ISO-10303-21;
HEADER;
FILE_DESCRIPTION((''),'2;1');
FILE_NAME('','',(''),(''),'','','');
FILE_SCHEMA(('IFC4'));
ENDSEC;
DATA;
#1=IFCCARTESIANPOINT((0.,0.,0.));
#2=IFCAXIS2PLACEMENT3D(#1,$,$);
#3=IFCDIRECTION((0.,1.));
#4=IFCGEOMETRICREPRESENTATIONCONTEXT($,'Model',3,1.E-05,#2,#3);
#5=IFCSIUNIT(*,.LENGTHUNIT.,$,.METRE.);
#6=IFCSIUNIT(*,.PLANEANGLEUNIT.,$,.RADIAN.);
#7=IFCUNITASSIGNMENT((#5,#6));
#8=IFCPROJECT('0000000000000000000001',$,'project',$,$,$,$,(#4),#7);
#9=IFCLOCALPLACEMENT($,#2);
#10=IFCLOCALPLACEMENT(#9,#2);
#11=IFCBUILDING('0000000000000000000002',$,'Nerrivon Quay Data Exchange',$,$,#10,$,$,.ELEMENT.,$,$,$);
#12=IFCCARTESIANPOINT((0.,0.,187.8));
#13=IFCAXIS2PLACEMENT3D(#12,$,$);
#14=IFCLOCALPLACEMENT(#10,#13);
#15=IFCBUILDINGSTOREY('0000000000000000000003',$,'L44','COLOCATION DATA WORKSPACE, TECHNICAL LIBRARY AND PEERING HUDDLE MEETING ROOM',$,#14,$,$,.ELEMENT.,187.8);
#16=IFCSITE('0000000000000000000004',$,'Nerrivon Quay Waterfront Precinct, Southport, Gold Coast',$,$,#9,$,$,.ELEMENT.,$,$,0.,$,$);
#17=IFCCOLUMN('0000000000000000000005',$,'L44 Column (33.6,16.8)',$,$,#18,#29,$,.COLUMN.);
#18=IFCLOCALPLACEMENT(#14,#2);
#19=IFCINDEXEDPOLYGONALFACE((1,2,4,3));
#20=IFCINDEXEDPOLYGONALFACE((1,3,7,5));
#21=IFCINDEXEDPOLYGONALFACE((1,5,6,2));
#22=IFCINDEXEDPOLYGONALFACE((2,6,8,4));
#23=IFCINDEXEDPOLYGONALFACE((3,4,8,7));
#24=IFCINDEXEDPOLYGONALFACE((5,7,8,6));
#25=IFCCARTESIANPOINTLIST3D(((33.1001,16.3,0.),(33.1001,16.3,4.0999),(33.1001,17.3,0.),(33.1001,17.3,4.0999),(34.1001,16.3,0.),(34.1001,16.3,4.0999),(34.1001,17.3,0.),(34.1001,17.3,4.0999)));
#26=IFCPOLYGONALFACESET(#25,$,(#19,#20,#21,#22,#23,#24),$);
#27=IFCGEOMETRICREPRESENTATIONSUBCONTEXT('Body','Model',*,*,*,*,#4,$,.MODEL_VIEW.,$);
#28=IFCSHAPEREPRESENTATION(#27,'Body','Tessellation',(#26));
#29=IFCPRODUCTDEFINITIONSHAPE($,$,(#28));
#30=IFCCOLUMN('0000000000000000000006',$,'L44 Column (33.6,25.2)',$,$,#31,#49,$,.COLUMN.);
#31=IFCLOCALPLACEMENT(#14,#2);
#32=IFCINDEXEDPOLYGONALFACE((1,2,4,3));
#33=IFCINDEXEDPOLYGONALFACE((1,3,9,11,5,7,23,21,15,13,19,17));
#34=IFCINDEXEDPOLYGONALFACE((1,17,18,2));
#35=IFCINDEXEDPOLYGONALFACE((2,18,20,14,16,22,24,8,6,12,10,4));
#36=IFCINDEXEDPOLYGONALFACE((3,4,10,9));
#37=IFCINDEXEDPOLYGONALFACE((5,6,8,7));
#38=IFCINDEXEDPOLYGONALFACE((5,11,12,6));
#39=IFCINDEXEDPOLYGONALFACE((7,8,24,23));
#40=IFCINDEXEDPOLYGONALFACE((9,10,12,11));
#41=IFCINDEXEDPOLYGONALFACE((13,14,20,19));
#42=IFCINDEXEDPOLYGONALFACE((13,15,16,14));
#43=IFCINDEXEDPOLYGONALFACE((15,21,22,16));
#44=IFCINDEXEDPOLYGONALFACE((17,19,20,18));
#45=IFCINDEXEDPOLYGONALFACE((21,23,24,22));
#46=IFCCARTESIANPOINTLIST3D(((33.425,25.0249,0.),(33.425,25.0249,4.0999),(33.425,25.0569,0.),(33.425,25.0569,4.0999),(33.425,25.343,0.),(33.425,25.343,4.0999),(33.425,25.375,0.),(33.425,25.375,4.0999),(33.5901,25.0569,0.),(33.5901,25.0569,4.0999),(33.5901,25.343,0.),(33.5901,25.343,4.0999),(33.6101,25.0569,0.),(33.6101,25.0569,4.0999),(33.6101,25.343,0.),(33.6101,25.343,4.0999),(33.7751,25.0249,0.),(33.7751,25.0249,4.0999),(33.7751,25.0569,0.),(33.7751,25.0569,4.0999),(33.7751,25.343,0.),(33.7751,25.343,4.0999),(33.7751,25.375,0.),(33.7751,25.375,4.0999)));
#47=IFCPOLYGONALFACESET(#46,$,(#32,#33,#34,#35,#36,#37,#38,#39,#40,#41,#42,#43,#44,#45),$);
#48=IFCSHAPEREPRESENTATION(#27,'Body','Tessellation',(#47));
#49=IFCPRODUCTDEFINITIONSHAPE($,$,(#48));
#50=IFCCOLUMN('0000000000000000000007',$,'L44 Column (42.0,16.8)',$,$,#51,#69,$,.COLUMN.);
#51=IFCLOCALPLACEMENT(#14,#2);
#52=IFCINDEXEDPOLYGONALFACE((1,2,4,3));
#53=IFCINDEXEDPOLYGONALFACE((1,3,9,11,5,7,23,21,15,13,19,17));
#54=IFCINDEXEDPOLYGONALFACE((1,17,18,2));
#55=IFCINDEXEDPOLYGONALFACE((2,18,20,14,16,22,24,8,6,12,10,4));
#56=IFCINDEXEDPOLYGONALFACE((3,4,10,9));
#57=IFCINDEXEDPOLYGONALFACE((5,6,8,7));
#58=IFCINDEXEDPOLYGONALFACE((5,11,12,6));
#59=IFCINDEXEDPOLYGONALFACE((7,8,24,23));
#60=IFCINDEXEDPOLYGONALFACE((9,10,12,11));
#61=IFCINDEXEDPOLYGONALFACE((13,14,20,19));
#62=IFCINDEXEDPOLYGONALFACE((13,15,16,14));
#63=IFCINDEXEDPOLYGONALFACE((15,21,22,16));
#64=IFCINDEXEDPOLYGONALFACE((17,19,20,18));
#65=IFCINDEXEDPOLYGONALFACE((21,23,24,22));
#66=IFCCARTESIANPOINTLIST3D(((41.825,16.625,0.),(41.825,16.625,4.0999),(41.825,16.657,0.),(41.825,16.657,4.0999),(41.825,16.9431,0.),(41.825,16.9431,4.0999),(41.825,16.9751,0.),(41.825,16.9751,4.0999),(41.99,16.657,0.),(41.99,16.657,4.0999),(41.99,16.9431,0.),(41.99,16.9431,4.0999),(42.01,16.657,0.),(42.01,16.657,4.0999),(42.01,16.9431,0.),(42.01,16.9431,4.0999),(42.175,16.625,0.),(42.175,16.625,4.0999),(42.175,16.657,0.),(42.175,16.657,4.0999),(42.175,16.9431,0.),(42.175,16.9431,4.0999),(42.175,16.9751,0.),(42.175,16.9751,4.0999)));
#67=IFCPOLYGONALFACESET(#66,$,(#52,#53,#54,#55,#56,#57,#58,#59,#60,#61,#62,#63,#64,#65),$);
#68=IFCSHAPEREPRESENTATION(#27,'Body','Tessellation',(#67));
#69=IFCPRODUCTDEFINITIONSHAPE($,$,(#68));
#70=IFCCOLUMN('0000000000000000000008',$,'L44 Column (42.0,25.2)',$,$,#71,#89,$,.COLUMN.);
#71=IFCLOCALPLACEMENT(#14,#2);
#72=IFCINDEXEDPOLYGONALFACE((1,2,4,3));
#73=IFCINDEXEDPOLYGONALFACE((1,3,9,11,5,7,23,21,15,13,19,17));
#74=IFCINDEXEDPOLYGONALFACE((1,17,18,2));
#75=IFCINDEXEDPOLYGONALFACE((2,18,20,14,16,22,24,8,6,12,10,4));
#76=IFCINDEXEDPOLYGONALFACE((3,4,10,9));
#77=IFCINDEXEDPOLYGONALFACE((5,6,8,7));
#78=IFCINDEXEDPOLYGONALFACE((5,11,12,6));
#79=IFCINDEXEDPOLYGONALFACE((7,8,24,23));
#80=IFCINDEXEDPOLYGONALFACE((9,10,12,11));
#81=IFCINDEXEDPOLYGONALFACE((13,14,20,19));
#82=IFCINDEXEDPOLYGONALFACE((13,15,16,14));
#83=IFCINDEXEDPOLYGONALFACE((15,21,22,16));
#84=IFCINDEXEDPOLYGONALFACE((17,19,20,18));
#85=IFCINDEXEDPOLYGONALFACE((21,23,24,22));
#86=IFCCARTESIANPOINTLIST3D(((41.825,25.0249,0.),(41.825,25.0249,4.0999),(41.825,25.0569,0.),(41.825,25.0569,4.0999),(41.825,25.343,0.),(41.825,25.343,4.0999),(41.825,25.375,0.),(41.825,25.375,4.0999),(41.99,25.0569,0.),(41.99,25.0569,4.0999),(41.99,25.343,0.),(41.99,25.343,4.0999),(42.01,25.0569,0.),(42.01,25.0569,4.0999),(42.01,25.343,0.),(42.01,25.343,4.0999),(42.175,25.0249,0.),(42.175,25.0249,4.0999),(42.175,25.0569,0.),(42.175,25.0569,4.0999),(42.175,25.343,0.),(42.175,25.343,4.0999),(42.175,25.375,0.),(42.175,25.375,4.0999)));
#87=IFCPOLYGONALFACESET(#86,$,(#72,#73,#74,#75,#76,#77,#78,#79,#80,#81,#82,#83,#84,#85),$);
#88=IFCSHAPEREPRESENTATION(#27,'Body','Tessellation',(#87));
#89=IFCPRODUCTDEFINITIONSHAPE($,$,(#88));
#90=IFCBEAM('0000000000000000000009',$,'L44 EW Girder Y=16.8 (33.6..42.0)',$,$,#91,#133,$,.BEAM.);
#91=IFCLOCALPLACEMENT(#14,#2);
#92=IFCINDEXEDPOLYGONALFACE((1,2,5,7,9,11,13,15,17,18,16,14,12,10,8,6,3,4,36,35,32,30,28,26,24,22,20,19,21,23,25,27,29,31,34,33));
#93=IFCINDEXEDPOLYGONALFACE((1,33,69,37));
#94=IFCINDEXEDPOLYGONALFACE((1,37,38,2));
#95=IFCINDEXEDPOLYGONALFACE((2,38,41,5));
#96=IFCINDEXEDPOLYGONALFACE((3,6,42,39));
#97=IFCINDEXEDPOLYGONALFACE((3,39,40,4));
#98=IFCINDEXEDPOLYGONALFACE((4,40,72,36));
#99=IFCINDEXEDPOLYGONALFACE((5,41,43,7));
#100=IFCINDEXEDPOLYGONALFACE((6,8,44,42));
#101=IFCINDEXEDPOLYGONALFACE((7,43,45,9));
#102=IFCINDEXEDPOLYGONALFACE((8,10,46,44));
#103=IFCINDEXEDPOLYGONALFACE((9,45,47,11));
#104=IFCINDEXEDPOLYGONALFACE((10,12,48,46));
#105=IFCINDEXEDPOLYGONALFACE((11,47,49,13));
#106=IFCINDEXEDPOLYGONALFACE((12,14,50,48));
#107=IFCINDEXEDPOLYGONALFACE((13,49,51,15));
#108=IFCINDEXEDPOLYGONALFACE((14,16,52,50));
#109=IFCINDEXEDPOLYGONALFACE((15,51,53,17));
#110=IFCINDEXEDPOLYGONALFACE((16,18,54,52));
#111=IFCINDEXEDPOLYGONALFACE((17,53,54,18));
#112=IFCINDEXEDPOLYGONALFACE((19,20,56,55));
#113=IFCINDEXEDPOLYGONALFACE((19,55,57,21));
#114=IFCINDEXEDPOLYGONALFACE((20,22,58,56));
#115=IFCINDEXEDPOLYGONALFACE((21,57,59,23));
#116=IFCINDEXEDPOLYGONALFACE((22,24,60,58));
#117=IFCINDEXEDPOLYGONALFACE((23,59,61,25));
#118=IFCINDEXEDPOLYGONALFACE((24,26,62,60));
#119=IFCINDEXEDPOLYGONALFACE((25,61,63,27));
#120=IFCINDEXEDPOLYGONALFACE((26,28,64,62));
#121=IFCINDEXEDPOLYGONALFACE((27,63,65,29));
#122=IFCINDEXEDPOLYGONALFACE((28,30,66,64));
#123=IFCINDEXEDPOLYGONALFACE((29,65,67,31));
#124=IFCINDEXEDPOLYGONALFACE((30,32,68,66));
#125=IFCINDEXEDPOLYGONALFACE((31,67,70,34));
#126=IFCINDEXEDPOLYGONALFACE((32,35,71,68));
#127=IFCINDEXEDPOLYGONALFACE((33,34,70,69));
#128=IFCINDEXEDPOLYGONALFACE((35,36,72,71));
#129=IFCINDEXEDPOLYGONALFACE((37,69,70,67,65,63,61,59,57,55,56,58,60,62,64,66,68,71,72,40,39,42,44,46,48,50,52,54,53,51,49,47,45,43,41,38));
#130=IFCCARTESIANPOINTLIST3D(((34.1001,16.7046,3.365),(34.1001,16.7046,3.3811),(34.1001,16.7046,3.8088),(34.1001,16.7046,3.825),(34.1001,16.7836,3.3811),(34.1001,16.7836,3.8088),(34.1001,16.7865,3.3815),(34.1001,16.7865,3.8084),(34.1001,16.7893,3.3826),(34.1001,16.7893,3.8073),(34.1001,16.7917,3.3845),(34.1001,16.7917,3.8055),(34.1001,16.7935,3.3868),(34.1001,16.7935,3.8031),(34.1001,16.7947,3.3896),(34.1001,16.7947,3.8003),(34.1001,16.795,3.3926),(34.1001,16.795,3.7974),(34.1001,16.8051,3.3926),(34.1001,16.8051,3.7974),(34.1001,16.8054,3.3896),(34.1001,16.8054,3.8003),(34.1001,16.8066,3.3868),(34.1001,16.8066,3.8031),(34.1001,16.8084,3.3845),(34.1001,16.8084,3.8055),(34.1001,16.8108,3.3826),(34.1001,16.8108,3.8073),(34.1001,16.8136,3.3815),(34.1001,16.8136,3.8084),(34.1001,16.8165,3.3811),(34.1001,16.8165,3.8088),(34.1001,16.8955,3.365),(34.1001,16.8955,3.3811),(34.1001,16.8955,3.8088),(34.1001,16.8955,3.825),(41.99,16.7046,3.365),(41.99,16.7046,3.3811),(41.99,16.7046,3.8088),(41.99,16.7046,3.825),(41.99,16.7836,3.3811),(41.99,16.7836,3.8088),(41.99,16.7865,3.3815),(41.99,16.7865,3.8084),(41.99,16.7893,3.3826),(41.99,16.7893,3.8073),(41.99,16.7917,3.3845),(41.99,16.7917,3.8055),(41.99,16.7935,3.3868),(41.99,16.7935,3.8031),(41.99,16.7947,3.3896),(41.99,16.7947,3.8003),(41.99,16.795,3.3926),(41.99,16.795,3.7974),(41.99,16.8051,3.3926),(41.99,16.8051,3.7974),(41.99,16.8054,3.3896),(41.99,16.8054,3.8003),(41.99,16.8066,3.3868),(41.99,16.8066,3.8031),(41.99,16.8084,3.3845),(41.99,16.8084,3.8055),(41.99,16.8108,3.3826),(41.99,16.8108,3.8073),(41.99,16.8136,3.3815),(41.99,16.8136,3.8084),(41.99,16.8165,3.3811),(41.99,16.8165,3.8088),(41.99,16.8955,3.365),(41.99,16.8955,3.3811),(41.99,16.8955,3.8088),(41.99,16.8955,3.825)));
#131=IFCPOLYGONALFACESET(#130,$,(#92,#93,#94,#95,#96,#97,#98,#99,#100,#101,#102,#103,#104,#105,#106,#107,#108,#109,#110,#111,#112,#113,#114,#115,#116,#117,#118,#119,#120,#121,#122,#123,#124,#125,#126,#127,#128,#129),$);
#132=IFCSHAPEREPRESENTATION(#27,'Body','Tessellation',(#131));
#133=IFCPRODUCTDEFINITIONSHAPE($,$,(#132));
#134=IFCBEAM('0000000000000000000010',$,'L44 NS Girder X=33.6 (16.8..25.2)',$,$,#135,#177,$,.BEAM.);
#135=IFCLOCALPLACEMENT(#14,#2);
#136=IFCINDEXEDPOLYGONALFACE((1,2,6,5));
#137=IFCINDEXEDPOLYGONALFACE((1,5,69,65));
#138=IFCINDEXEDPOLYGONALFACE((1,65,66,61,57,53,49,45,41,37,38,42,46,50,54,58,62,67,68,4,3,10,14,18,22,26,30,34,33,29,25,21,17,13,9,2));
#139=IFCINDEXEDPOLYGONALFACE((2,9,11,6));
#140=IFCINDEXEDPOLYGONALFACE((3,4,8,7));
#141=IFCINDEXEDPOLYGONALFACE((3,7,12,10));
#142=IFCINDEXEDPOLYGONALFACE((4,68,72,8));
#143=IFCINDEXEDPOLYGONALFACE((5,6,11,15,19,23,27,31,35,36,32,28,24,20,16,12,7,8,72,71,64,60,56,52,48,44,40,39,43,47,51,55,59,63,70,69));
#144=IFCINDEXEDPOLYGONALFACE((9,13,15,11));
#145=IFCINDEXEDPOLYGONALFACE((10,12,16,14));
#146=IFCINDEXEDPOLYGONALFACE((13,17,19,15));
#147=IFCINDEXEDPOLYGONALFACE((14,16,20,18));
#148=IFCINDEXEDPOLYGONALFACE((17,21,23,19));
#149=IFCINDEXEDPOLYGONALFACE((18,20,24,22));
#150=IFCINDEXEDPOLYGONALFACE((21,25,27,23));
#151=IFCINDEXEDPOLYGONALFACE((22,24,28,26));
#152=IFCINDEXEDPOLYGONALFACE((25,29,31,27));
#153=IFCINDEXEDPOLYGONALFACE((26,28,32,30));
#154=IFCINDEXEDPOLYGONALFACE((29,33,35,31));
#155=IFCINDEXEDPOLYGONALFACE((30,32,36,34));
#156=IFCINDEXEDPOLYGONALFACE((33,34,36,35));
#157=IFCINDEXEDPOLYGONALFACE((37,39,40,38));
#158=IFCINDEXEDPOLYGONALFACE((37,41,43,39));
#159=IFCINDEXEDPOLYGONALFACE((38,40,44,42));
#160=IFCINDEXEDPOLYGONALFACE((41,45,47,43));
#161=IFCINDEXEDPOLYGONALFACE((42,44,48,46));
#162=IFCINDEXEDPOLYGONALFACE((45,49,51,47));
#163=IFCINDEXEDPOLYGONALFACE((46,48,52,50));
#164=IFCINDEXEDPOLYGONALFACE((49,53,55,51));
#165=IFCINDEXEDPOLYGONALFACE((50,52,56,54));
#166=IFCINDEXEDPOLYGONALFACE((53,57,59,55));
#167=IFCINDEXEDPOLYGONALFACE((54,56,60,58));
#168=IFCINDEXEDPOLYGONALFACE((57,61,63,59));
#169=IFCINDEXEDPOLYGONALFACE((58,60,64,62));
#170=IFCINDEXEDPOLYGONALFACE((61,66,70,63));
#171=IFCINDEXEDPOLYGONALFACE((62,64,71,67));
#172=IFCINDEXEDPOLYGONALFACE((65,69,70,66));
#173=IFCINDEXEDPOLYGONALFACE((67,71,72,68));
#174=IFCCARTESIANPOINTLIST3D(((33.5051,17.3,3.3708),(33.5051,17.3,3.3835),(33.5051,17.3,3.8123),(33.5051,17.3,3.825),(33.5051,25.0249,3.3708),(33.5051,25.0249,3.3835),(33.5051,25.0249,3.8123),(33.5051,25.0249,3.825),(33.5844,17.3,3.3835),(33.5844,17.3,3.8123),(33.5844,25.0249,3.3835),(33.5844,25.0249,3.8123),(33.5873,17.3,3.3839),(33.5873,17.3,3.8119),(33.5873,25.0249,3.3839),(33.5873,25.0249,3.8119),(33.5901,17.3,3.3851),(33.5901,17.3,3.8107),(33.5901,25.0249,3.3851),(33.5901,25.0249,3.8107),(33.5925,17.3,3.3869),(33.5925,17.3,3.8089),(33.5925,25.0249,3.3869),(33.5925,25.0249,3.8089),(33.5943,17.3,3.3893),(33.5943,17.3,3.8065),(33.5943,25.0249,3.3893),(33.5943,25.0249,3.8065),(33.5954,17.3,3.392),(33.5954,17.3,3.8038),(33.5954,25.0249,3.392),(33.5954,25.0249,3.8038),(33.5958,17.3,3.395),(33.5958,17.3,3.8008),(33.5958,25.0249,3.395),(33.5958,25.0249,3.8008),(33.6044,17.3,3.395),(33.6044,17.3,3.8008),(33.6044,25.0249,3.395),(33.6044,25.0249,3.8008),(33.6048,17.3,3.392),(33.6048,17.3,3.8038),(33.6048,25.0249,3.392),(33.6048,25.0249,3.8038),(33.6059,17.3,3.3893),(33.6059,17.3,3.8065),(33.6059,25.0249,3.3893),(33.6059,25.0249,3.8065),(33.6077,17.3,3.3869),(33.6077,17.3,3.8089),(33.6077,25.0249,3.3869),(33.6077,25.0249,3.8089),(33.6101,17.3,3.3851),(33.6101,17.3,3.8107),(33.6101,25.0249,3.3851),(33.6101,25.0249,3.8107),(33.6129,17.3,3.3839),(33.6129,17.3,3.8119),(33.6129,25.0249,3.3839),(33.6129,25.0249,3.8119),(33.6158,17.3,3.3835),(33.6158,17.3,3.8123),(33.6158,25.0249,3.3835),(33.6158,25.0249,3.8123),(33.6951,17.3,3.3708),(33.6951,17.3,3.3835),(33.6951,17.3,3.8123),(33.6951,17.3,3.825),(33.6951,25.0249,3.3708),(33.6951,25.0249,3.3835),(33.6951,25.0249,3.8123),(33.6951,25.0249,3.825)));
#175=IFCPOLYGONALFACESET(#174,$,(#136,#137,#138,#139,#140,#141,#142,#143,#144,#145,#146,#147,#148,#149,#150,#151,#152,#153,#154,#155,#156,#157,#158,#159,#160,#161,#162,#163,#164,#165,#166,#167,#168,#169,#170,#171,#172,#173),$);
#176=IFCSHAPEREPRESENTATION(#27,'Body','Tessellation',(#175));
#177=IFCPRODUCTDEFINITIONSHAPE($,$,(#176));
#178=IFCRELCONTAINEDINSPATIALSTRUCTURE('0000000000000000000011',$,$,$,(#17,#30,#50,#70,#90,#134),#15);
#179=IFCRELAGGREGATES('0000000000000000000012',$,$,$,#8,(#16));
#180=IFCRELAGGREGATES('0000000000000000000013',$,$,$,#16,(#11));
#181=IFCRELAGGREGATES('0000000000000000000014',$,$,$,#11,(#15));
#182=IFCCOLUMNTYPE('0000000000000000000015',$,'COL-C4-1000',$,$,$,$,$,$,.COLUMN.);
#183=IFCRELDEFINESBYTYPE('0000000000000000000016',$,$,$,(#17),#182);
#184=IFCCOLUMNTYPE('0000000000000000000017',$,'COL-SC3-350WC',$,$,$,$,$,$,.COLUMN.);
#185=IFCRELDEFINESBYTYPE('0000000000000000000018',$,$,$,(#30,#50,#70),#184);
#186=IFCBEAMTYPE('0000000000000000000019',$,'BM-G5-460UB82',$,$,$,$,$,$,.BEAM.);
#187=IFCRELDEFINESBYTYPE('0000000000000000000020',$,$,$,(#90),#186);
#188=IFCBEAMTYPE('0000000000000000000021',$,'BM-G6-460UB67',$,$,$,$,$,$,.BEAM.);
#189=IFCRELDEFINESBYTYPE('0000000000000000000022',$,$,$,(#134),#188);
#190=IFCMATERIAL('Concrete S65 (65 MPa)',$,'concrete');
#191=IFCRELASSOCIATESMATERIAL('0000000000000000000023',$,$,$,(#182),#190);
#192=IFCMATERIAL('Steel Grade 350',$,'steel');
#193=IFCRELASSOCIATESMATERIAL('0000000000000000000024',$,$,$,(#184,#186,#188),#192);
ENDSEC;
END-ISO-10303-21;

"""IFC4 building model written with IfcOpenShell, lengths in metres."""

from ifc_helpers import new_model, si_unit, direction, frame, origin, origin_2d, place, context, subcontext, project, spatial, rectangle, i_section, extrude, material, material_profile, profile_set, type_object, element, save


model = new_model("IFC4")

# Units and contexts
model_context = context("Model", 3, precision=1e-05, world=origin(), true_north=direction((0.0, 1.0)))
body_context = subcontext(model_context, "Body", "Model", "MODEL_VIEW")
ifc_project = project(units=[si_unit("LENGTHUNIT", "METRE"), si_unit("PLANEANGLEUNIT", "RADIAN")], contexts=[model_context])

# Site, building, storey
site_placement = place(None, origin())
site = spatial("IfcSite", under=ifc_project, at=site_placement, Name="Nerrivon Quay Waterfront Precinct, Southport, Gold Coast", CompositionType="ELEMENT", RefElevation=0.0)
building_placement = place(site_placement, origin())
building = spatial("IfcBuilding", under=site, at=building_placement, Name="Nerrivon Quay Data Exchange", CompositionType="ELEMENT")
storey_placement = place(building_placement, frame((0.0, 0.0, 187.8)))
storey = spatial("IfcBuildingStorey", under=building, at=storey_placement, Name="L44", Description="COLOCATION DATA WORKSPACE, TECHNICAL LIBRARY AND PEERING HUDDLE MEETING ROOM", CompositionType="ELEMENT", Elevation=187.8)

# Columns
ifc_material_1 = material(Name="Concrete S65 (65 MPa)", Category="concrete")
ifc_material_profile_1 = material_profile(ifc_material_1, rectangle(XDim=1.0, YDim=1.0, at=origin_2d()), Name="RC-COL-1000x1000")
ifc_profile_set_1 = profile_set([ifc_material_profile_1], Name="Concrete S65 (65 MPa)")
column_type_1 = type_object("IfcColumnType", Name="COL-C4-1000", PredefinedType="COLUMN", material=ifc_profile_set_1)
column_placement = place(storey_placement, frame((33.6001, 16.8, 0.0), z_axis=(0.0, 0.0, 1.0), x_axis=(1.0, 0.0, 0.0)))
element("IfcColumn", 1, at=column_placement, inside=storey, type_object=column_type_1, Name="L44 Column (33.6,16.8)", PredefinedType="COLUMN", context=body_context, shape_type="SweptSolid", body=[
    extrude(rectangle(XDim=1.0, YDim=1.0, at=origin_2d()), origin(), (0.0, 0.0, 1.0), 4.0999),
])
ifc_material_2 = material(Name="Steel Grade 350", Category="steel")
ifc_material_profile_2 = material_profile(ifc_material_2, i_section(OverallWidth=0.3501, OverallDepth=0.3501, WebThickness=0.02, FlangeThickness=0.032, at=origin_2d()), Name="350WC230")
ifc_profile_set_2 = profile_set([ifc_material_profile_2], Name="Steel Grade 350")
column_type_2 = type_object("IfcColumnType", Name="COL-SC3-350WC", PredefinedType="COLUMN", material=ifc_profile_set_2)
for number, where, z_axis, x_axis, name in (
    (2, (33.6001, 25.2, 0.0), (0.0, 0.0, 1.0), (1.0, 0.0, 0.0), "L44 Column (33.6,25.2)"),
    (3, (42.0, 16.8, 0.0), (0.0, 0.0, 1.0), (1.0, 0.0, 0.0), "L44 Column (42.0,16.8)"),
    (4, (42.0, 25.2, 0.0), (0.0, 0.0, 1.0), (1.0, 0.0, 0.0), "L44 Column (42.0,25.2)"),
):
    element("IfcColumn", number, at=place(storey_placement, frame(where, z_axis=z_axis, x_axis=x_axis)), inside=storey, type_object=column_type_2, Name=name, PredefinedType="COLUMN", context=body_context, shape_type="SweptSolid", body=[
        extrude(i_section(OverallWidth=0.3501, OverallDepth=0.3501, WebThickness=0.02, FlangeThickness=0.032, at=origin_2d()), origin(), (0.0, 0.0, 1.0), 4.0999),
    ])

# Beams
ifc_material_profile_3 = material_profile(ifc_material_2, i_section(OverallWidth=0.1909, OverallDepth=0.46, WebThickness=0.01, FlangeThickness=0.0161, FilletRadius=0.0115, at=origin_2d()), Name="460UB82.1")
ifc_profile_set_3 = profile_set([ifc_material_profile_3], Name="Steel Grade 350")
beam_type_1 = type_object("IfcBeamType", Name="BM-G5-460UB82", PredefinedType="BEAM", material=ifc_profile_set_3)
beam_1_placement = place(storey_placement, frame((34.1001, 16.8, 3.595), z_axis=(1.0, 0.0, 0.0), x_axis=(0.0, 1.0, 0.0)))
element("IfcBeam", 5, at=beam_1_placement, inside=storey, type_object=beam_type_1, Name="L44 EW Girder Y=16.8 (33.6..42.0)", PredefinedType="BEAM", context=body_context, shape_type="SweptSolid", body=[
    extrude(i_section(OverallWidth=0.1909, OverallDepth=0.46, WebThickness=0.01, FlangeThickness=0.0161, FilletRadius=0.0115, at=origin_2d()), origin(), (0.0, 0.0, 1.0), 7.8899),
])
ifc_material_profile_4 = material_profile(ifc_material_2, i_section(OverallWidth=0.1899, OverallDepth=0.4541, WebThickness=0.0085, FlangeThickness=0.0127, FilletRadius=0.0115, at=origin_2d()), Name="460UB67.1")
ifc_profile_set_4 = profile_set([ifc_material_profile_4], Name="Steel Grade 350")
beam_type_2 = type_object("IfcBeamType", Name="BM-G6-460UB67", PredefinedType="BEAM", material=ifc_profile_set_4)
beam_2_placement = place(storey_placement, frame((33.6001, 17.3, 3.5979), z_axis=(0.0, 1.0, 0.0), x_axis=(-1.0, 0.0, 0.0)))
element("IfcBeam", 6, at=beam_2_placement, inside=storey, type_object=beam_type_2, Name="L44 NS Girder X=33.6 (16.8..25.2)", PredefinedType="BEAM", context=body_context, shape_type="SweptSolid", body=[
    extrude(i_section(OverallWidth=0.1899, OverallDepth=0.4541, WebThickness=0.0085, FlangeThickness=0.0127, FilletRadius=0.0115, at=origin_2d()), origin(), (0.0, 0.0, 1.0), 7.7249),
])

save(model, "model.ifc")
